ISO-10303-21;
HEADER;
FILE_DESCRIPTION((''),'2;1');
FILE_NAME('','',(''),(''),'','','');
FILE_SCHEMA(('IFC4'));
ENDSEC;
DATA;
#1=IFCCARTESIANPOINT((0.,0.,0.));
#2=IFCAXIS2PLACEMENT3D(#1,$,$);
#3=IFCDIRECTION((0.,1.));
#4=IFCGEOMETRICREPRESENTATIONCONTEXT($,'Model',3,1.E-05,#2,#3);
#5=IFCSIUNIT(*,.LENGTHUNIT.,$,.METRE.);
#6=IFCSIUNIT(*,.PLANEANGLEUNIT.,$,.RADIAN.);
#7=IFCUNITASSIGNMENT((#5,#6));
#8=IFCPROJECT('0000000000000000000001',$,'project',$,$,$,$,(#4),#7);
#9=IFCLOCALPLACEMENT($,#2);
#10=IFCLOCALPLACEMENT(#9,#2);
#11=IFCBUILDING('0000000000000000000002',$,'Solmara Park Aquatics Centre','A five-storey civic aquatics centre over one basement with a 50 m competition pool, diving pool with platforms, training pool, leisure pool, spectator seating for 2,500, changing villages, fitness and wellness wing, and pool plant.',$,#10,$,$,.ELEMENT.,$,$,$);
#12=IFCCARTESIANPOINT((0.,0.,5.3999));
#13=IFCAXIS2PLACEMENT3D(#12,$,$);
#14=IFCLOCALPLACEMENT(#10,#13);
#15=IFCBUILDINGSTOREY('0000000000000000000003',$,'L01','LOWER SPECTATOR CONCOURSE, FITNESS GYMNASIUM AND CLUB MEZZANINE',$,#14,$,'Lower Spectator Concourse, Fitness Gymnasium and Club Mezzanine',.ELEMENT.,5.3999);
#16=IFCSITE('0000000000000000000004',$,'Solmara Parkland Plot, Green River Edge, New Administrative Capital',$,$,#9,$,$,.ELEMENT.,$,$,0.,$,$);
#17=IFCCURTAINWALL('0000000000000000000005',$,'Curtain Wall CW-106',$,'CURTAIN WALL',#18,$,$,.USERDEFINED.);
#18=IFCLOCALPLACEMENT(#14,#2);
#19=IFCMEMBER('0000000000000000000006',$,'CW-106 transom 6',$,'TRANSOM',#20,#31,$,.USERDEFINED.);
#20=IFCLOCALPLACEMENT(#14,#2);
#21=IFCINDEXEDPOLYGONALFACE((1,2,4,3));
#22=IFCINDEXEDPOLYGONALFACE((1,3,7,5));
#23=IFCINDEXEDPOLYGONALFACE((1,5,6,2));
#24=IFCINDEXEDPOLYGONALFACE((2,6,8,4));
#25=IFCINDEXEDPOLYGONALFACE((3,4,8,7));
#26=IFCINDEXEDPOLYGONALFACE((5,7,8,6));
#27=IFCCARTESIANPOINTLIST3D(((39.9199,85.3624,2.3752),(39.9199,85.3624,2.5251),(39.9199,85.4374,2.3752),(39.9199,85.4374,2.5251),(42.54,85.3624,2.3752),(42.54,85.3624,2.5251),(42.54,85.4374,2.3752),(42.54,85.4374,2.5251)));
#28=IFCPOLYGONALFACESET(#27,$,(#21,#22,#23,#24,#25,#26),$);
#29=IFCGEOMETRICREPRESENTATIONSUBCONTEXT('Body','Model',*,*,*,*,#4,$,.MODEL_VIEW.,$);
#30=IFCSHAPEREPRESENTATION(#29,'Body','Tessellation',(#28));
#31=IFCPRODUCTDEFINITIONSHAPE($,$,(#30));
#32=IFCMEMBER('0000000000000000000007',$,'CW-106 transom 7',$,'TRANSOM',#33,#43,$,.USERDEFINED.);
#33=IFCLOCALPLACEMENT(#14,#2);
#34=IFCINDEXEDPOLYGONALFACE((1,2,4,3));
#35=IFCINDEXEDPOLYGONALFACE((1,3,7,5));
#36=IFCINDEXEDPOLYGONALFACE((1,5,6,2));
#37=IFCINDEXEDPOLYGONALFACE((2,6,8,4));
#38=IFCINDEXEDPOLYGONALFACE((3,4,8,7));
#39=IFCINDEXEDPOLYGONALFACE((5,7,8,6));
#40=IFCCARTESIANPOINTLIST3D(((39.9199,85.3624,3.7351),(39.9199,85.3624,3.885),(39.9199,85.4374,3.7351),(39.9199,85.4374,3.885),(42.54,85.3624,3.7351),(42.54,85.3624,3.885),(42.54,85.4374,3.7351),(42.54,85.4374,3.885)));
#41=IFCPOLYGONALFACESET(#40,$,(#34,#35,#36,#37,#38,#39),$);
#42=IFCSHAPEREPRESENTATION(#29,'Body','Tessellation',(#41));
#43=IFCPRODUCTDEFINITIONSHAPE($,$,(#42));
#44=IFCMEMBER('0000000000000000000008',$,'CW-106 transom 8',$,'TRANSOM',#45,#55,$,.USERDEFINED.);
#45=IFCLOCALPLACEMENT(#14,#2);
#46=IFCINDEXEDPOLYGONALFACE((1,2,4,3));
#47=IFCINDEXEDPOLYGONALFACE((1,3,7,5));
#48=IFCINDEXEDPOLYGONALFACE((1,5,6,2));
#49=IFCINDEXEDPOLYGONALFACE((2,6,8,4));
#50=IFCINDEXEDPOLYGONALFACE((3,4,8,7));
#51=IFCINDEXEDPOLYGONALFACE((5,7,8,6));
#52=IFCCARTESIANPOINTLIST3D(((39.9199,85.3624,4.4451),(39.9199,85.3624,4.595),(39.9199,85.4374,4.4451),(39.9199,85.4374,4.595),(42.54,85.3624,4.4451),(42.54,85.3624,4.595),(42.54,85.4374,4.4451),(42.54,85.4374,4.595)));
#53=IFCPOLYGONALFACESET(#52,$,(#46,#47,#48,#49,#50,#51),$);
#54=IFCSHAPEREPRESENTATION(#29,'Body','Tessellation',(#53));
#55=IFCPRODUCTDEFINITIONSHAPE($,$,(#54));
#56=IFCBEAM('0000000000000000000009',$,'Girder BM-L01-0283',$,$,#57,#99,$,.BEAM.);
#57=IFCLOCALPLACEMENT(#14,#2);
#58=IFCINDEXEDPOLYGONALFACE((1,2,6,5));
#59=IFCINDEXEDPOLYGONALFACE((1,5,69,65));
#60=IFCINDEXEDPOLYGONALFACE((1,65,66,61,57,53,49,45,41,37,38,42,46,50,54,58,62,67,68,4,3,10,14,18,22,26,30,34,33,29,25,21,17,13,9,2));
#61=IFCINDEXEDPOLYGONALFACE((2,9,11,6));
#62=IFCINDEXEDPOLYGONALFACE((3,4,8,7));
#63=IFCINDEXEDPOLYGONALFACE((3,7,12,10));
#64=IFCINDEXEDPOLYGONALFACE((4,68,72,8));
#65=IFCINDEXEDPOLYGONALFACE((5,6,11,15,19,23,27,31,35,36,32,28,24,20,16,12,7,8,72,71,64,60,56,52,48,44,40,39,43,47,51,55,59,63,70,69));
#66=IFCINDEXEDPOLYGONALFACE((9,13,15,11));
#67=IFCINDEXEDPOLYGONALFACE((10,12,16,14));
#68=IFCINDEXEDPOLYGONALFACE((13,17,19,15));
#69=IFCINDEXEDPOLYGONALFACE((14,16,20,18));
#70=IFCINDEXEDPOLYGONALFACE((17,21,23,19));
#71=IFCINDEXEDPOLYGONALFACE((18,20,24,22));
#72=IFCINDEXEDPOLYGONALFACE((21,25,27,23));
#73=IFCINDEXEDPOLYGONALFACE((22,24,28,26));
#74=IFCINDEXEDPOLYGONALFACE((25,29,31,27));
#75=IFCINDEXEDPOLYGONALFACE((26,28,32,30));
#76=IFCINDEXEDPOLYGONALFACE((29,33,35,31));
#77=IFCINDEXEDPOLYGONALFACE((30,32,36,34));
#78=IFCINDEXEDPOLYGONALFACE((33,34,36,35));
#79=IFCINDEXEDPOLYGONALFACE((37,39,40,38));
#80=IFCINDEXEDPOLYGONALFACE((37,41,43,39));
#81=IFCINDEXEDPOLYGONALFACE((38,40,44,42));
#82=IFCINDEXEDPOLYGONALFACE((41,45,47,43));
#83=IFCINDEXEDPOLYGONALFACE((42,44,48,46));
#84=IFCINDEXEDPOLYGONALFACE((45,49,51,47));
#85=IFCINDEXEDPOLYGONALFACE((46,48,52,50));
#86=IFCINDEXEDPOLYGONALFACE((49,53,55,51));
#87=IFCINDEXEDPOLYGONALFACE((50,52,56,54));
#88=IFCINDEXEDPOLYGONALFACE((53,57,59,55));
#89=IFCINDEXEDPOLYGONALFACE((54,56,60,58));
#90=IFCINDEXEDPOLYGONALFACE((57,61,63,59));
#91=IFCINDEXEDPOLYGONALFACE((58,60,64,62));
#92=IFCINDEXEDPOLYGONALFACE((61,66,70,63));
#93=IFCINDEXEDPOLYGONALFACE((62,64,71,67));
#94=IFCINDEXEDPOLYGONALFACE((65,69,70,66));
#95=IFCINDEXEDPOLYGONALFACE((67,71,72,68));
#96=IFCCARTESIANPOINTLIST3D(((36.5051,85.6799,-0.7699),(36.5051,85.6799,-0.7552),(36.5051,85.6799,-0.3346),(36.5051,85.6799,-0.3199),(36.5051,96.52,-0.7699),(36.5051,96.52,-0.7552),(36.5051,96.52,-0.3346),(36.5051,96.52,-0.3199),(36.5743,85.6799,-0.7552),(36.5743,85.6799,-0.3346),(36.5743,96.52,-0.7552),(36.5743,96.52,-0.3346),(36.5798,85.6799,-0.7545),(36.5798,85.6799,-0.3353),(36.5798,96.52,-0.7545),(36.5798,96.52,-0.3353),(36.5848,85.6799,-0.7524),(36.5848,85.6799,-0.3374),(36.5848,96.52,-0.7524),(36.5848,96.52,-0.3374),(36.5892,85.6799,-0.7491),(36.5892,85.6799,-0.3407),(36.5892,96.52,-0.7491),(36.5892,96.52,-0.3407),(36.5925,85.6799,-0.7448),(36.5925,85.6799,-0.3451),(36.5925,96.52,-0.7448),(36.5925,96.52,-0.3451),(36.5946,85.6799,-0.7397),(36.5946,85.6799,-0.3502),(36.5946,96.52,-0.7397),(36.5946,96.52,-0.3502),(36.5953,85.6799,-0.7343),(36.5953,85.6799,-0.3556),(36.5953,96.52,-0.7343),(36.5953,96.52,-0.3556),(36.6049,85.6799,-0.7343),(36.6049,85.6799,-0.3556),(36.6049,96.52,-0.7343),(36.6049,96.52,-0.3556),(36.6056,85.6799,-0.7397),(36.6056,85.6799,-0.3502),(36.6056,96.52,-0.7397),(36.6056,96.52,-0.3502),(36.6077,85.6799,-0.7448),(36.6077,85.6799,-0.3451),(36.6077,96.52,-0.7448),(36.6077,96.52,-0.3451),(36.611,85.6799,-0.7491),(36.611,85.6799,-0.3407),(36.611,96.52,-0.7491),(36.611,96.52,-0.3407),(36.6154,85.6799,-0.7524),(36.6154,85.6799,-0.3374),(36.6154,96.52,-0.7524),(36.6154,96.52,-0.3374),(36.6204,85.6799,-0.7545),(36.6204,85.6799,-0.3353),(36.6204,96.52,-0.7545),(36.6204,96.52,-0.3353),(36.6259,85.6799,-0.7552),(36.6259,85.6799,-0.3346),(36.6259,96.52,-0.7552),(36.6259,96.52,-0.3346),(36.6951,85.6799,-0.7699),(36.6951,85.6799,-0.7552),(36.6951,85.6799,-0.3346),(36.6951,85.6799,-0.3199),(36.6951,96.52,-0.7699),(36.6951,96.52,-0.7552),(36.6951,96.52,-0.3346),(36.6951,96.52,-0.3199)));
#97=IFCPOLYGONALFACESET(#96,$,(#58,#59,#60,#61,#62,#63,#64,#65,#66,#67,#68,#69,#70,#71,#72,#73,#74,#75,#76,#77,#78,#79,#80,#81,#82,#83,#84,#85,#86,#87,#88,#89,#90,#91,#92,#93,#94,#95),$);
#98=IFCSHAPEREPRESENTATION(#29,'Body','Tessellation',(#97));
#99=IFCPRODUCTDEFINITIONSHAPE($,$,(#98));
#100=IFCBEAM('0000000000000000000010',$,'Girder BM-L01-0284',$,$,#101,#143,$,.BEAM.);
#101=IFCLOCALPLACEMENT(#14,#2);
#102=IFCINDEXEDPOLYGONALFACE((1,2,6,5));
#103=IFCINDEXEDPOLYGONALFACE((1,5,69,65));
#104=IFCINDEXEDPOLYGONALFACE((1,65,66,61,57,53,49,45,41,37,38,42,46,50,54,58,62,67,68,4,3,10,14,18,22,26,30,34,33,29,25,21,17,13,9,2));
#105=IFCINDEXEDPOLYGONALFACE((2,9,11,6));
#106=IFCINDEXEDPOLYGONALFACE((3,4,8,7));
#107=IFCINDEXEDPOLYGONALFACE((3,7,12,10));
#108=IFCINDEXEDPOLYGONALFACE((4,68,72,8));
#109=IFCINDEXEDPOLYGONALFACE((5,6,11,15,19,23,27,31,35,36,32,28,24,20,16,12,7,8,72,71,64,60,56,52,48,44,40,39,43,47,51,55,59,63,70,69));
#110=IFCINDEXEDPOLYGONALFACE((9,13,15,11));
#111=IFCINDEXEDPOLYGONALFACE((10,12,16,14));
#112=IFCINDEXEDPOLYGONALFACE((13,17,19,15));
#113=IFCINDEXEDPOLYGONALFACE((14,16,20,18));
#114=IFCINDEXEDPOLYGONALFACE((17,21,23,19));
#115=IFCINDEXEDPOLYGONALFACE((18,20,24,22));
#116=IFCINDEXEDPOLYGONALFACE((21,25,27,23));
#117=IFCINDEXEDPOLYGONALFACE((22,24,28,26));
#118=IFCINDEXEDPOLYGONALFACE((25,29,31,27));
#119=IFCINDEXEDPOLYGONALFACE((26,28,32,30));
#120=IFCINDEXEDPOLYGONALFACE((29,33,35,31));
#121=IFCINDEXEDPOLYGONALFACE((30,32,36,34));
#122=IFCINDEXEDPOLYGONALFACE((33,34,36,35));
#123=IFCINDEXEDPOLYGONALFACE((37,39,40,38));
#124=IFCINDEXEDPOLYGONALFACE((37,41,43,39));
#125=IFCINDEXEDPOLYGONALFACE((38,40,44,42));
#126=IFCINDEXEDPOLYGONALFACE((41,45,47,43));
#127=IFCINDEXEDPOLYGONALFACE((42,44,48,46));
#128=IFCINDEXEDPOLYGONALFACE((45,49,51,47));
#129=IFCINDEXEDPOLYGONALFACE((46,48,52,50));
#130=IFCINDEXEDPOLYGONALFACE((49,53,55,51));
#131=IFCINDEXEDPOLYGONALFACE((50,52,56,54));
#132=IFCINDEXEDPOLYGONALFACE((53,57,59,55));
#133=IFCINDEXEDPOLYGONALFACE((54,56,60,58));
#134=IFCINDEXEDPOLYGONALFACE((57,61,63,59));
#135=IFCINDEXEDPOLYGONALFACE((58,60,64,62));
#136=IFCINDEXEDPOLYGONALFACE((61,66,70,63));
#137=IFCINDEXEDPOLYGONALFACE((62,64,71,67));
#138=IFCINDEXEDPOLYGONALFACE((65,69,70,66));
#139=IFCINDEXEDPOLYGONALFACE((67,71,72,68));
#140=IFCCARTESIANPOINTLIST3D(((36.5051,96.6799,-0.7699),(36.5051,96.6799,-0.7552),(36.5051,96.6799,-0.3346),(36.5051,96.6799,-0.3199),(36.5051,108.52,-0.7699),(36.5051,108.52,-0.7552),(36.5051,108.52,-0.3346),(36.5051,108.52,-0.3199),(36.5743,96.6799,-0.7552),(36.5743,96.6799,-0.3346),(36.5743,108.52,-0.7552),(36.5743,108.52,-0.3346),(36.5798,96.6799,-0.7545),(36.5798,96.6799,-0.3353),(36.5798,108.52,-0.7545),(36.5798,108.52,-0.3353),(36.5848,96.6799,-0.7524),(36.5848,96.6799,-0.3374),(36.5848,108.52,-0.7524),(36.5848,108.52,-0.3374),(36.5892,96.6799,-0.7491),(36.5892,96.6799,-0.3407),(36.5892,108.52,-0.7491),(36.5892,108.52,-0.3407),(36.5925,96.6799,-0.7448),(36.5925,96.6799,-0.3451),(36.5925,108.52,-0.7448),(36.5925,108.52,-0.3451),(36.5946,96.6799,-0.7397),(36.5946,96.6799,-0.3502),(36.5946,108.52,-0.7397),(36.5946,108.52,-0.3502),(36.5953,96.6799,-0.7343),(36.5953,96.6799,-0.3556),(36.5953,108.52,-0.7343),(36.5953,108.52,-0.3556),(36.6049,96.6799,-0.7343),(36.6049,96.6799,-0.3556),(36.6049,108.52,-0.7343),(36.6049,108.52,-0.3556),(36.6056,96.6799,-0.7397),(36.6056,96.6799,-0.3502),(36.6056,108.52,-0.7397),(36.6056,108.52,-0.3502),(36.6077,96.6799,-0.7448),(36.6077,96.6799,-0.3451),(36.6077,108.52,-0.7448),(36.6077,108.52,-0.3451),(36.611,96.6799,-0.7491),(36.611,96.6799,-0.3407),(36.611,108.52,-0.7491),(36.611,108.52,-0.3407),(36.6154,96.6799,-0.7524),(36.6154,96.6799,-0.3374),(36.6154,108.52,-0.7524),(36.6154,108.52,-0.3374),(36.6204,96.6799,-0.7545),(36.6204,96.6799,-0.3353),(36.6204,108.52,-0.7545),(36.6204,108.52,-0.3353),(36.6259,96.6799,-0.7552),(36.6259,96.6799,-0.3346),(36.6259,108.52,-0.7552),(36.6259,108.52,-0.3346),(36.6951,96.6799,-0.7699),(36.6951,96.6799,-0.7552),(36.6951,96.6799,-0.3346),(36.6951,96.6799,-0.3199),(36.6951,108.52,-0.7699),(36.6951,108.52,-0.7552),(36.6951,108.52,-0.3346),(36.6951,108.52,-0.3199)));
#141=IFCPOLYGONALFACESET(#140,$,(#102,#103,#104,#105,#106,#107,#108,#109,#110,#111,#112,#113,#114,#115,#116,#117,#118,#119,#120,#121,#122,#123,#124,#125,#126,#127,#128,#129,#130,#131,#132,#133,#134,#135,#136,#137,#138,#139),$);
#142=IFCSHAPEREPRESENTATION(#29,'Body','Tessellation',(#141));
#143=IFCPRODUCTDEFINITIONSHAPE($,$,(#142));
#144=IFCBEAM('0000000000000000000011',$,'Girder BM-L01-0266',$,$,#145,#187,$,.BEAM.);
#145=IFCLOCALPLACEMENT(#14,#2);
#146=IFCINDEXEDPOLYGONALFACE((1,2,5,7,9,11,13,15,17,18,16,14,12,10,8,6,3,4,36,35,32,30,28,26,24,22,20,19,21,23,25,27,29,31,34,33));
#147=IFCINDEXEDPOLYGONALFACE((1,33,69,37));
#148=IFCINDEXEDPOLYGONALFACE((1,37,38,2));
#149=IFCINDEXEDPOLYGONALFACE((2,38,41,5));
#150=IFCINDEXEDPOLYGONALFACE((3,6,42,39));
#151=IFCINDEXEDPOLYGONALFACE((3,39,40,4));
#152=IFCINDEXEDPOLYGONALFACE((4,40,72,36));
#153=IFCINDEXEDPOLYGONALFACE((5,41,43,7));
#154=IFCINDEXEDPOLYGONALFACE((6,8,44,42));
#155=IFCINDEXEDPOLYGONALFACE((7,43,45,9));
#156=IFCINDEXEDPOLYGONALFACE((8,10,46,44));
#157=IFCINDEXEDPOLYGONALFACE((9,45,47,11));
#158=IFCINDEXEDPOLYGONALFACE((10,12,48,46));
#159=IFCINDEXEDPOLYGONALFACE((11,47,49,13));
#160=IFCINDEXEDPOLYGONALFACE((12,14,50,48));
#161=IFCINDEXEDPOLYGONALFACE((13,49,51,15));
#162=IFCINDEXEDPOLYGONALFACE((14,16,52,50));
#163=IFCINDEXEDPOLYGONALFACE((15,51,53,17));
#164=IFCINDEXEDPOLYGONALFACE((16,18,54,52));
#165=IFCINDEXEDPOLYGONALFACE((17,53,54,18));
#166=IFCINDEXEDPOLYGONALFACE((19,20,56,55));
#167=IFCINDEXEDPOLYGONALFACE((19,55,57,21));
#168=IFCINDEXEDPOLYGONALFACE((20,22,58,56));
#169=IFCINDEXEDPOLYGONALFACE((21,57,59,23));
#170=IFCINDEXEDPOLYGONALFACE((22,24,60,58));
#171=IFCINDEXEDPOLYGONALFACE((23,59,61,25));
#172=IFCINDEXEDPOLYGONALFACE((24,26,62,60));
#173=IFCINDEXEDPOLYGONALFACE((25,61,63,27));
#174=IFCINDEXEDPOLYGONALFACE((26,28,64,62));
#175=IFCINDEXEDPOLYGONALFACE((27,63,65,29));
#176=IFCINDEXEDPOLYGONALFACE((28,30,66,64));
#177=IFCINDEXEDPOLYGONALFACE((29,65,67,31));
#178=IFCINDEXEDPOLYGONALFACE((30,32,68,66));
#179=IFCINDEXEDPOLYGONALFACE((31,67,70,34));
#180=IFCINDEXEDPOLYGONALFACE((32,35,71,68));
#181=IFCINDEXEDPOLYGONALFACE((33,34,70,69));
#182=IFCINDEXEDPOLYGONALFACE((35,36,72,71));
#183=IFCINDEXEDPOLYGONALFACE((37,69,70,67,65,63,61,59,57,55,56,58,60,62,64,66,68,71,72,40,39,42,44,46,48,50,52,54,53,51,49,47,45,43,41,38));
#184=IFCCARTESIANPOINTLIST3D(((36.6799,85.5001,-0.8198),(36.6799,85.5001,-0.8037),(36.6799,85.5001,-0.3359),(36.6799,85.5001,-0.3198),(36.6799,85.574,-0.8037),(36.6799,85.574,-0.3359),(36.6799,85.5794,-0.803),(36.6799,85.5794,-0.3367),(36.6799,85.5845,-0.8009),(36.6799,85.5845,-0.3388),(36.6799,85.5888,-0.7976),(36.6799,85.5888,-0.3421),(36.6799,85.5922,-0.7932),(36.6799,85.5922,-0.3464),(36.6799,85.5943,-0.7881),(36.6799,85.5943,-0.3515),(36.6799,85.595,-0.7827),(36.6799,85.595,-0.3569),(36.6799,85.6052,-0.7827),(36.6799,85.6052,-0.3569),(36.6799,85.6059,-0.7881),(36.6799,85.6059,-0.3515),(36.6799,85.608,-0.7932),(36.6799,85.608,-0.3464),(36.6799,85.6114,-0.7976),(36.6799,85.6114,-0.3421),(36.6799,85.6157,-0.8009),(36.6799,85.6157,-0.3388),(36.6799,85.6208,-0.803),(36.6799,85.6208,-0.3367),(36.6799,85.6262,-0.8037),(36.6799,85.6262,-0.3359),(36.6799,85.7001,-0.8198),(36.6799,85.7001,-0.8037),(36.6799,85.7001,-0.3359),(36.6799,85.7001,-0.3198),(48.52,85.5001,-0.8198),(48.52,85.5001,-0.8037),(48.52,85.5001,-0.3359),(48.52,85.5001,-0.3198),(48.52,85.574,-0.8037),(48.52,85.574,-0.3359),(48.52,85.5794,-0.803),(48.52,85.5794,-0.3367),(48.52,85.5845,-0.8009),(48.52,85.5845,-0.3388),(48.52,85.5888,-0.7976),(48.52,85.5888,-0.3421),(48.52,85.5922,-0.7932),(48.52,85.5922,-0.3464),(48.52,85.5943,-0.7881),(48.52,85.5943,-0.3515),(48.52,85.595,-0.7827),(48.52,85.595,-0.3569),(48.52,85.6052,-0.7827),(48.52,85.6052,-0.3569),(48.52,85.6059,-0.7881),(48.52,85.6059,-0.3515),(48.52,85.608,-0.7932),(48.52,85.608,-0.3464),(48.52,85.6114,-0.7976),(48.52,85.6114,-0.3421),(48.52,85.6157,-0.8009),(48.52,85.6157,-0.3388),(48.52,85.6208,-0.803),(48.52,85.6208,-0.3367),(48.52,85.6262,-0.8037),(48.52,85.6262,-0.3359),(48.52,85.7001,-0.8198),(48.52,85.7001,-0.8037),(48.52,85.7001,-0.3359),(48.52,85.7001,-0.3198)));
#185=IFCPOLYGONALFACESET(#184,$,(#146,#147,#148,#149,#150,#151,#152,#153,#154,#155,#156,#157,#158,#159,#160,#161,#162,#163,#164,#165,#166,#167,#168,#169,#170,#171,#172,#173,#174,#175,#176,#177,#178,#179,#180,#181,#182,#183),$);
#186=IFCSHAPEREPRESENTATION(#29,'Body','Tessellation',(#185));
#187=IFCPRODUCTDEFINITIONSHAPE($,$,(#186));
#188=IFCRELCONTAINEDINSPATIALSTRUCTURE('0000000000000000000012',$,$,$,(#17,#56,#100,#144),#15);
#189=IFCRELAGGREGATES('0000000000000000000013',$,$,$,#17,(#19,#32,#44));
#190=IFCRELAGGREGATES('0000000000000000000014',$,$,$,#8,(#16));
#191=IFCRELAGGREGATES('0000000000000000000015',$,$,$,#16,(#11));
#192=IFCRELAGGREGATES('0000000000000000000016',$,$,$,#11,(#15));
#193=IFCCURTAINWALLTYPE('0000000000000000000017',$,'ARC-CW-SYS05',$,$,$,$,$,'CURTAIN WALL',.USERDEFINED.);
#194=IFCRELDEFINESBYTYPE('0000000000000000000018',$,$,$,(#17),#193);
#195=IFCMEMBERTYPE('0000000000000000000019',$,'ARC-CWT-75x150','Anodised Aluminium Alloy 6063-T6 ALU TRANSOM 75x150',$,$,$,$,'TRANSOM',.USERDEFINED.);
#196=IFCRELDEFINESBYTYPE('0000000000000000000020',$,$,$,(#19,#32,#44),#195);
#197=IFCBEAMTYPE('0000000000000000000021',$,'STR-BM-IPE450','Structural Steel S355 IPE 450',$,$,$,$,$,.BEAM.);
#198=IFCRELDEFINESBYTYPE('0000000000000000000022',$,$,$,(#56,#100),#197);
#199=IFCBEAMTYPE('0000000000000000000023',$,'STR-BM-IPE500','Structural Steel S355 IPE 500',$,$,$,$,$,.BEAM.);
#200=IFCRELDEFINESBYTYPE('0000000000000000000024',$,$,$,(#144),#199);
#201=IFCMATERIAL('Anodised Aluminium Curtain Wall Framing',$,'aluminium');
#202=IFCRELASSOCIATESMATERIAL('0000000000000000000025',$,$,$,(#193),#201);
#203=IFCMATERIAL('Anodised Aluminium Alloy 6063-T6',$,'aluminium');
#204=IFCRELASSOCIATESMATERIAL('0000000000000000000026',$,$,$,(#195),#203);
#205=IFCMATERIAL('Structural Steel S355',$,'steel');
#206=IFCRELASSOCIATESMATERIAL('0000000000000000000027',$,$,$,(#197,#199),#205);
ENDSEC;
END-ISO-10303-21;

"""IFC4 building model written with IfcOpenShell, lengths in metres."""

from ifc_helpers import new_model, si_unit, direction, frame, origin, origin_2d, place, context, subcontext, project, spatial, rectangle, i_section, extrude, material, material_profile, profile_set, type_object, element, aggregate, save


model = new_model("IFC4")

# Units and contexts
model_context = context("Model", 3, precision=1e-05, world=origin(), true_north=direction((0.0, 1.0)))
body_context = subcontext(model_context, "Body", "Model", "MODEL_VIEW")
ifc_project = project(units=[si_unit("LENGTHUNIT", "METRE"), si_unit("PLANEANGLEUNIT", "RADIAN")], contexts=[model_context])

# Site, building, storey
site_placement = place(None, origin())
site = spatial("IfcSite", under=ifc_project, at=site_placement, Name="Solmara Parkland Plot, Green River Edge, New Administrative Capital", CompositionType="ELEMENT", RefElevation=0.0)
building_placement = place(site_placement, origin())
building = spatial("IfcBuilding", under=site, at=building_placement, Name="Solmara Park Aquatics Centre", Description="A five-storey civic aquatics centre over one basement with a 50 m competition pool, diving pool with platforms, training pool, leisure pool, spectator seating for 2,500, changing villages, fitness and wellness wing, and pool plant.", CompositionType="ELEMENT")
storey_placement = place(building_placement, frame((0.0, 0.0, 5.3999)))
storey = spatial("IfcBuildingStorey", under=building, at=storey_placement, Name="L01", Description="LOWER SPECTATOR CONCOURSE, FITNESS GYMNASIUM AND CLUB MEZZANINE", LongName="Lower Spectator Concourse, Fitness Gymnasium and Club Mezzanine", CompositionType="ELEMENT", Elevation=5.3999)

# Shared definitions
ifc_material_1 = material(Name="Structural Steel S355", Category="steel")

# Shared definitions
ifc_material_2 = material(Name="Anodised Aluminium Curtain Wall Framing", Category="aluminium")
curtain_wall_type = type_object("IfcCurtainWallType", Name="ARC-CW-SYS05", ElementType="CURTAIN WALL", PredefinedType="USERDEFINED", material=ifc_material_2)
ifc_material_3 = material(Name="Anodised Aluminium Alloy 6063-T6", Category="aluminium")

# Curtain wall, members
curtain_wall_1_placement = place(storey_placement, origin())
curtain_wall_1 = element("IfcCurtainWall", 1, at=curtain_wall_1_placement, inside=storey, type_object=curtain_wall_type, Name="Curtain Wall CW-106", ObjectType="CURTAIN WALL", PredefinedType="USERDEFINED")
ifc_material_profile_1 = material_profile(ifc_material_3, rectangle(XDim=0.075, YDim=0.1499, at=origin_2d()), Name="ALU TRANSOM 75x150")
ifc_profile_set_1 = profile_set([ifc_material_profile_1], Name="Anodised Aluminium Alloy 6063-T6")
member_type_1 = type_object("IfcMemberType", Name="ARC-CWT-75x150", Description="Anodised Aluminium Alloy 6063-T6 ALU TRANSOM 75x150", ElementType="TRANSOM", PredefinedType="USERDEFINED", material=ifc_profile_set_1)
member_1_placement = place(storey_placement, frame((39.9199, 85.3999, 2.4502), z_axis=(1.0, 0.0, 0.0), x_axis=(0.0, 1.0, 0.0)))
member_1 = element("IfcMember", 2, at=member_1_placement, type_object=member_type_1, Name="CW-106 transom 6", ObjectType="TRANSOM", PredefinedType="USERDEFINED", context=body_context, shape_type="SweptSolid", body=[
    extrude(rectangle(XDim=0.075, YDim=0.1499, at=origin_2d()), origin(), (0.0, 0.0, 1.0), 2.6201),
])
member_2_placement = place(storey_placement, frame((39.9199, 85.3999, 3.8101), z_axis=(1.0, 0.0, 0.0), x_axis=(0.0, 1.0, 0.0)))
member_2 = element("IfcMember", 3, at=member_2_placement, type_object=member_type_1, Name="CW-106 transom 7", ObjectType="TRANSOM", PredefinedType="USERDEFINED", context=body_context, shape_type="SweptSolid", body=[
    extrude(rectangle(XDim=0.075, YDim=0.1499, at=origin_2d()), origin(), (0.0, 0.0, 1.0), 2.6201),
])
member_3_placement = place(storey_placement, frame((39.9199, 85.3999, 4.52), z_axis=(1.0, 0.0, 0.0), x_axis=(0.0, 1.0, 0.0)))
member_3 = element("IfcMember", 4, at=member_3_placement, type_object=member_type_1, Name="CW-106 transom 8", ObjectType="TRANSOM", PredefinedType="USERDEFINED", context=body_context, shape_type="SweptSolid", body=[
    extrude(rectangle(XDim=0.075, YDim=0.1499, at=origin_2d()), origin(), (0.0, 0.0, 1.0), 2.6201),
])

# Beams
ifc_material_profile_2 = material_profile(ifc_material_1, i_section(OverallWidth=0.1899, OverallDepth=0.45, WebThickness=0.0095, FlangeThickness=0.0146, FilletRadius=0.021, at=origin_2d()), Name="IPE 450")
ifc_profile_set_2 = profile_set([ifc_material_profile_2], Name="Structural Steel S355")
beam_type_1 = type_object("IfcBeamType", Name="STR-BM-IPE450", Description="Structural Steel S355 IPE 450", PredefinedType="BEAM", material=ifc_profile_set_2)
beam_1_placement = place(storey_placement, frame((36.6001, 85.6799, -0.5449), z_axis=(0.0, 1.0, 0.0), x_axis=(-1.0, 0.0, 0.0)))
element("IfcBeam", 5, at=beam_1_placement, inside=storey, type_object=beam_type_1, Name="Girder BM-L01-0283", PredefinedType="BEAM", context=body_context, shape_type="SweptSolid", body=[
    extrude(i_section(OverallWidth=0.1899, OverallDepth=0.45, WebThickness=0.0095, FlangeThickness=0.0146, FilletRadius=0.021, at=origin_2d()), origin(), (0.0, 0.0, 1.0), 10.8401),
])
beam_2_placement = place(storey_placement, frame((36.6001, 96.6799, -0.5449), z_axis=(0.0, 1.0, 0.0), x_axis=(-1.0, 0.0, 0.0)))
element("IfcBeam", 6, at=beam_2_placement, inside=storey, type_object=beam_type_1, Name="Girder BM-L01-0284", PredefinedType="BEAM", context=body_context, shape_type="SweptSolid", body=[
    extrude(i_section(OverallWidth=0.1899, OverallDepth=0.45, WebThickness=0.0095, FlangeThickness=0.0146, FilletRadius=0.021, at=origin_2d()), origin(), (0.0, 0.0, 1.0), 11.8401),
])
ifc_material_profile_3 = material_profile(ifc_material_1, i_section(OverallWidth=0.2, OverallDepth=0.5, WebThickness=0.0103, FlangeThickness=0.0161, FilletRadius=0.021, at=origin_2d()), Name="IPE 500")
ifc_profile_set_3 = profile_set([ifc_material_profile_3], Name="Structural Steel S355")
beam_type_2 = type_object("IfcBeamType", Name="STR-BM-IPE500", Description="Structural Steel S355 IPE 500", PredefinedType="BEAM", material=ifc_profile_set_3)
beam_3_placement = place(storey_placement, frame((36.6799, 85.6001, -0.5698), z_axis=(1.0, 0.0, 0.0), x_axis=(0.0, 1.0, 0.0)))
element("IfcBeam", 7, at=beam_3_placement, inside=storey, type_object=beam_type_2, Name="Girder BM-L01-0266", PredefinedType="BEAM", context=body_context, shape_type="SweptSolid", body=[
    extrude(i_section(OverallWidth=0.2, OverallDepth=0.5, WebThickness=0.0103, FlangeThickness=0.0161, FilletRadius=0.021, at=origin_2d()), origin(), (0.0, 0.0, 1.0), 11.8401),
])

aggregate(curtain_wall_1, [member_1, member_2, member_3])

save(model, "model.ifc")
